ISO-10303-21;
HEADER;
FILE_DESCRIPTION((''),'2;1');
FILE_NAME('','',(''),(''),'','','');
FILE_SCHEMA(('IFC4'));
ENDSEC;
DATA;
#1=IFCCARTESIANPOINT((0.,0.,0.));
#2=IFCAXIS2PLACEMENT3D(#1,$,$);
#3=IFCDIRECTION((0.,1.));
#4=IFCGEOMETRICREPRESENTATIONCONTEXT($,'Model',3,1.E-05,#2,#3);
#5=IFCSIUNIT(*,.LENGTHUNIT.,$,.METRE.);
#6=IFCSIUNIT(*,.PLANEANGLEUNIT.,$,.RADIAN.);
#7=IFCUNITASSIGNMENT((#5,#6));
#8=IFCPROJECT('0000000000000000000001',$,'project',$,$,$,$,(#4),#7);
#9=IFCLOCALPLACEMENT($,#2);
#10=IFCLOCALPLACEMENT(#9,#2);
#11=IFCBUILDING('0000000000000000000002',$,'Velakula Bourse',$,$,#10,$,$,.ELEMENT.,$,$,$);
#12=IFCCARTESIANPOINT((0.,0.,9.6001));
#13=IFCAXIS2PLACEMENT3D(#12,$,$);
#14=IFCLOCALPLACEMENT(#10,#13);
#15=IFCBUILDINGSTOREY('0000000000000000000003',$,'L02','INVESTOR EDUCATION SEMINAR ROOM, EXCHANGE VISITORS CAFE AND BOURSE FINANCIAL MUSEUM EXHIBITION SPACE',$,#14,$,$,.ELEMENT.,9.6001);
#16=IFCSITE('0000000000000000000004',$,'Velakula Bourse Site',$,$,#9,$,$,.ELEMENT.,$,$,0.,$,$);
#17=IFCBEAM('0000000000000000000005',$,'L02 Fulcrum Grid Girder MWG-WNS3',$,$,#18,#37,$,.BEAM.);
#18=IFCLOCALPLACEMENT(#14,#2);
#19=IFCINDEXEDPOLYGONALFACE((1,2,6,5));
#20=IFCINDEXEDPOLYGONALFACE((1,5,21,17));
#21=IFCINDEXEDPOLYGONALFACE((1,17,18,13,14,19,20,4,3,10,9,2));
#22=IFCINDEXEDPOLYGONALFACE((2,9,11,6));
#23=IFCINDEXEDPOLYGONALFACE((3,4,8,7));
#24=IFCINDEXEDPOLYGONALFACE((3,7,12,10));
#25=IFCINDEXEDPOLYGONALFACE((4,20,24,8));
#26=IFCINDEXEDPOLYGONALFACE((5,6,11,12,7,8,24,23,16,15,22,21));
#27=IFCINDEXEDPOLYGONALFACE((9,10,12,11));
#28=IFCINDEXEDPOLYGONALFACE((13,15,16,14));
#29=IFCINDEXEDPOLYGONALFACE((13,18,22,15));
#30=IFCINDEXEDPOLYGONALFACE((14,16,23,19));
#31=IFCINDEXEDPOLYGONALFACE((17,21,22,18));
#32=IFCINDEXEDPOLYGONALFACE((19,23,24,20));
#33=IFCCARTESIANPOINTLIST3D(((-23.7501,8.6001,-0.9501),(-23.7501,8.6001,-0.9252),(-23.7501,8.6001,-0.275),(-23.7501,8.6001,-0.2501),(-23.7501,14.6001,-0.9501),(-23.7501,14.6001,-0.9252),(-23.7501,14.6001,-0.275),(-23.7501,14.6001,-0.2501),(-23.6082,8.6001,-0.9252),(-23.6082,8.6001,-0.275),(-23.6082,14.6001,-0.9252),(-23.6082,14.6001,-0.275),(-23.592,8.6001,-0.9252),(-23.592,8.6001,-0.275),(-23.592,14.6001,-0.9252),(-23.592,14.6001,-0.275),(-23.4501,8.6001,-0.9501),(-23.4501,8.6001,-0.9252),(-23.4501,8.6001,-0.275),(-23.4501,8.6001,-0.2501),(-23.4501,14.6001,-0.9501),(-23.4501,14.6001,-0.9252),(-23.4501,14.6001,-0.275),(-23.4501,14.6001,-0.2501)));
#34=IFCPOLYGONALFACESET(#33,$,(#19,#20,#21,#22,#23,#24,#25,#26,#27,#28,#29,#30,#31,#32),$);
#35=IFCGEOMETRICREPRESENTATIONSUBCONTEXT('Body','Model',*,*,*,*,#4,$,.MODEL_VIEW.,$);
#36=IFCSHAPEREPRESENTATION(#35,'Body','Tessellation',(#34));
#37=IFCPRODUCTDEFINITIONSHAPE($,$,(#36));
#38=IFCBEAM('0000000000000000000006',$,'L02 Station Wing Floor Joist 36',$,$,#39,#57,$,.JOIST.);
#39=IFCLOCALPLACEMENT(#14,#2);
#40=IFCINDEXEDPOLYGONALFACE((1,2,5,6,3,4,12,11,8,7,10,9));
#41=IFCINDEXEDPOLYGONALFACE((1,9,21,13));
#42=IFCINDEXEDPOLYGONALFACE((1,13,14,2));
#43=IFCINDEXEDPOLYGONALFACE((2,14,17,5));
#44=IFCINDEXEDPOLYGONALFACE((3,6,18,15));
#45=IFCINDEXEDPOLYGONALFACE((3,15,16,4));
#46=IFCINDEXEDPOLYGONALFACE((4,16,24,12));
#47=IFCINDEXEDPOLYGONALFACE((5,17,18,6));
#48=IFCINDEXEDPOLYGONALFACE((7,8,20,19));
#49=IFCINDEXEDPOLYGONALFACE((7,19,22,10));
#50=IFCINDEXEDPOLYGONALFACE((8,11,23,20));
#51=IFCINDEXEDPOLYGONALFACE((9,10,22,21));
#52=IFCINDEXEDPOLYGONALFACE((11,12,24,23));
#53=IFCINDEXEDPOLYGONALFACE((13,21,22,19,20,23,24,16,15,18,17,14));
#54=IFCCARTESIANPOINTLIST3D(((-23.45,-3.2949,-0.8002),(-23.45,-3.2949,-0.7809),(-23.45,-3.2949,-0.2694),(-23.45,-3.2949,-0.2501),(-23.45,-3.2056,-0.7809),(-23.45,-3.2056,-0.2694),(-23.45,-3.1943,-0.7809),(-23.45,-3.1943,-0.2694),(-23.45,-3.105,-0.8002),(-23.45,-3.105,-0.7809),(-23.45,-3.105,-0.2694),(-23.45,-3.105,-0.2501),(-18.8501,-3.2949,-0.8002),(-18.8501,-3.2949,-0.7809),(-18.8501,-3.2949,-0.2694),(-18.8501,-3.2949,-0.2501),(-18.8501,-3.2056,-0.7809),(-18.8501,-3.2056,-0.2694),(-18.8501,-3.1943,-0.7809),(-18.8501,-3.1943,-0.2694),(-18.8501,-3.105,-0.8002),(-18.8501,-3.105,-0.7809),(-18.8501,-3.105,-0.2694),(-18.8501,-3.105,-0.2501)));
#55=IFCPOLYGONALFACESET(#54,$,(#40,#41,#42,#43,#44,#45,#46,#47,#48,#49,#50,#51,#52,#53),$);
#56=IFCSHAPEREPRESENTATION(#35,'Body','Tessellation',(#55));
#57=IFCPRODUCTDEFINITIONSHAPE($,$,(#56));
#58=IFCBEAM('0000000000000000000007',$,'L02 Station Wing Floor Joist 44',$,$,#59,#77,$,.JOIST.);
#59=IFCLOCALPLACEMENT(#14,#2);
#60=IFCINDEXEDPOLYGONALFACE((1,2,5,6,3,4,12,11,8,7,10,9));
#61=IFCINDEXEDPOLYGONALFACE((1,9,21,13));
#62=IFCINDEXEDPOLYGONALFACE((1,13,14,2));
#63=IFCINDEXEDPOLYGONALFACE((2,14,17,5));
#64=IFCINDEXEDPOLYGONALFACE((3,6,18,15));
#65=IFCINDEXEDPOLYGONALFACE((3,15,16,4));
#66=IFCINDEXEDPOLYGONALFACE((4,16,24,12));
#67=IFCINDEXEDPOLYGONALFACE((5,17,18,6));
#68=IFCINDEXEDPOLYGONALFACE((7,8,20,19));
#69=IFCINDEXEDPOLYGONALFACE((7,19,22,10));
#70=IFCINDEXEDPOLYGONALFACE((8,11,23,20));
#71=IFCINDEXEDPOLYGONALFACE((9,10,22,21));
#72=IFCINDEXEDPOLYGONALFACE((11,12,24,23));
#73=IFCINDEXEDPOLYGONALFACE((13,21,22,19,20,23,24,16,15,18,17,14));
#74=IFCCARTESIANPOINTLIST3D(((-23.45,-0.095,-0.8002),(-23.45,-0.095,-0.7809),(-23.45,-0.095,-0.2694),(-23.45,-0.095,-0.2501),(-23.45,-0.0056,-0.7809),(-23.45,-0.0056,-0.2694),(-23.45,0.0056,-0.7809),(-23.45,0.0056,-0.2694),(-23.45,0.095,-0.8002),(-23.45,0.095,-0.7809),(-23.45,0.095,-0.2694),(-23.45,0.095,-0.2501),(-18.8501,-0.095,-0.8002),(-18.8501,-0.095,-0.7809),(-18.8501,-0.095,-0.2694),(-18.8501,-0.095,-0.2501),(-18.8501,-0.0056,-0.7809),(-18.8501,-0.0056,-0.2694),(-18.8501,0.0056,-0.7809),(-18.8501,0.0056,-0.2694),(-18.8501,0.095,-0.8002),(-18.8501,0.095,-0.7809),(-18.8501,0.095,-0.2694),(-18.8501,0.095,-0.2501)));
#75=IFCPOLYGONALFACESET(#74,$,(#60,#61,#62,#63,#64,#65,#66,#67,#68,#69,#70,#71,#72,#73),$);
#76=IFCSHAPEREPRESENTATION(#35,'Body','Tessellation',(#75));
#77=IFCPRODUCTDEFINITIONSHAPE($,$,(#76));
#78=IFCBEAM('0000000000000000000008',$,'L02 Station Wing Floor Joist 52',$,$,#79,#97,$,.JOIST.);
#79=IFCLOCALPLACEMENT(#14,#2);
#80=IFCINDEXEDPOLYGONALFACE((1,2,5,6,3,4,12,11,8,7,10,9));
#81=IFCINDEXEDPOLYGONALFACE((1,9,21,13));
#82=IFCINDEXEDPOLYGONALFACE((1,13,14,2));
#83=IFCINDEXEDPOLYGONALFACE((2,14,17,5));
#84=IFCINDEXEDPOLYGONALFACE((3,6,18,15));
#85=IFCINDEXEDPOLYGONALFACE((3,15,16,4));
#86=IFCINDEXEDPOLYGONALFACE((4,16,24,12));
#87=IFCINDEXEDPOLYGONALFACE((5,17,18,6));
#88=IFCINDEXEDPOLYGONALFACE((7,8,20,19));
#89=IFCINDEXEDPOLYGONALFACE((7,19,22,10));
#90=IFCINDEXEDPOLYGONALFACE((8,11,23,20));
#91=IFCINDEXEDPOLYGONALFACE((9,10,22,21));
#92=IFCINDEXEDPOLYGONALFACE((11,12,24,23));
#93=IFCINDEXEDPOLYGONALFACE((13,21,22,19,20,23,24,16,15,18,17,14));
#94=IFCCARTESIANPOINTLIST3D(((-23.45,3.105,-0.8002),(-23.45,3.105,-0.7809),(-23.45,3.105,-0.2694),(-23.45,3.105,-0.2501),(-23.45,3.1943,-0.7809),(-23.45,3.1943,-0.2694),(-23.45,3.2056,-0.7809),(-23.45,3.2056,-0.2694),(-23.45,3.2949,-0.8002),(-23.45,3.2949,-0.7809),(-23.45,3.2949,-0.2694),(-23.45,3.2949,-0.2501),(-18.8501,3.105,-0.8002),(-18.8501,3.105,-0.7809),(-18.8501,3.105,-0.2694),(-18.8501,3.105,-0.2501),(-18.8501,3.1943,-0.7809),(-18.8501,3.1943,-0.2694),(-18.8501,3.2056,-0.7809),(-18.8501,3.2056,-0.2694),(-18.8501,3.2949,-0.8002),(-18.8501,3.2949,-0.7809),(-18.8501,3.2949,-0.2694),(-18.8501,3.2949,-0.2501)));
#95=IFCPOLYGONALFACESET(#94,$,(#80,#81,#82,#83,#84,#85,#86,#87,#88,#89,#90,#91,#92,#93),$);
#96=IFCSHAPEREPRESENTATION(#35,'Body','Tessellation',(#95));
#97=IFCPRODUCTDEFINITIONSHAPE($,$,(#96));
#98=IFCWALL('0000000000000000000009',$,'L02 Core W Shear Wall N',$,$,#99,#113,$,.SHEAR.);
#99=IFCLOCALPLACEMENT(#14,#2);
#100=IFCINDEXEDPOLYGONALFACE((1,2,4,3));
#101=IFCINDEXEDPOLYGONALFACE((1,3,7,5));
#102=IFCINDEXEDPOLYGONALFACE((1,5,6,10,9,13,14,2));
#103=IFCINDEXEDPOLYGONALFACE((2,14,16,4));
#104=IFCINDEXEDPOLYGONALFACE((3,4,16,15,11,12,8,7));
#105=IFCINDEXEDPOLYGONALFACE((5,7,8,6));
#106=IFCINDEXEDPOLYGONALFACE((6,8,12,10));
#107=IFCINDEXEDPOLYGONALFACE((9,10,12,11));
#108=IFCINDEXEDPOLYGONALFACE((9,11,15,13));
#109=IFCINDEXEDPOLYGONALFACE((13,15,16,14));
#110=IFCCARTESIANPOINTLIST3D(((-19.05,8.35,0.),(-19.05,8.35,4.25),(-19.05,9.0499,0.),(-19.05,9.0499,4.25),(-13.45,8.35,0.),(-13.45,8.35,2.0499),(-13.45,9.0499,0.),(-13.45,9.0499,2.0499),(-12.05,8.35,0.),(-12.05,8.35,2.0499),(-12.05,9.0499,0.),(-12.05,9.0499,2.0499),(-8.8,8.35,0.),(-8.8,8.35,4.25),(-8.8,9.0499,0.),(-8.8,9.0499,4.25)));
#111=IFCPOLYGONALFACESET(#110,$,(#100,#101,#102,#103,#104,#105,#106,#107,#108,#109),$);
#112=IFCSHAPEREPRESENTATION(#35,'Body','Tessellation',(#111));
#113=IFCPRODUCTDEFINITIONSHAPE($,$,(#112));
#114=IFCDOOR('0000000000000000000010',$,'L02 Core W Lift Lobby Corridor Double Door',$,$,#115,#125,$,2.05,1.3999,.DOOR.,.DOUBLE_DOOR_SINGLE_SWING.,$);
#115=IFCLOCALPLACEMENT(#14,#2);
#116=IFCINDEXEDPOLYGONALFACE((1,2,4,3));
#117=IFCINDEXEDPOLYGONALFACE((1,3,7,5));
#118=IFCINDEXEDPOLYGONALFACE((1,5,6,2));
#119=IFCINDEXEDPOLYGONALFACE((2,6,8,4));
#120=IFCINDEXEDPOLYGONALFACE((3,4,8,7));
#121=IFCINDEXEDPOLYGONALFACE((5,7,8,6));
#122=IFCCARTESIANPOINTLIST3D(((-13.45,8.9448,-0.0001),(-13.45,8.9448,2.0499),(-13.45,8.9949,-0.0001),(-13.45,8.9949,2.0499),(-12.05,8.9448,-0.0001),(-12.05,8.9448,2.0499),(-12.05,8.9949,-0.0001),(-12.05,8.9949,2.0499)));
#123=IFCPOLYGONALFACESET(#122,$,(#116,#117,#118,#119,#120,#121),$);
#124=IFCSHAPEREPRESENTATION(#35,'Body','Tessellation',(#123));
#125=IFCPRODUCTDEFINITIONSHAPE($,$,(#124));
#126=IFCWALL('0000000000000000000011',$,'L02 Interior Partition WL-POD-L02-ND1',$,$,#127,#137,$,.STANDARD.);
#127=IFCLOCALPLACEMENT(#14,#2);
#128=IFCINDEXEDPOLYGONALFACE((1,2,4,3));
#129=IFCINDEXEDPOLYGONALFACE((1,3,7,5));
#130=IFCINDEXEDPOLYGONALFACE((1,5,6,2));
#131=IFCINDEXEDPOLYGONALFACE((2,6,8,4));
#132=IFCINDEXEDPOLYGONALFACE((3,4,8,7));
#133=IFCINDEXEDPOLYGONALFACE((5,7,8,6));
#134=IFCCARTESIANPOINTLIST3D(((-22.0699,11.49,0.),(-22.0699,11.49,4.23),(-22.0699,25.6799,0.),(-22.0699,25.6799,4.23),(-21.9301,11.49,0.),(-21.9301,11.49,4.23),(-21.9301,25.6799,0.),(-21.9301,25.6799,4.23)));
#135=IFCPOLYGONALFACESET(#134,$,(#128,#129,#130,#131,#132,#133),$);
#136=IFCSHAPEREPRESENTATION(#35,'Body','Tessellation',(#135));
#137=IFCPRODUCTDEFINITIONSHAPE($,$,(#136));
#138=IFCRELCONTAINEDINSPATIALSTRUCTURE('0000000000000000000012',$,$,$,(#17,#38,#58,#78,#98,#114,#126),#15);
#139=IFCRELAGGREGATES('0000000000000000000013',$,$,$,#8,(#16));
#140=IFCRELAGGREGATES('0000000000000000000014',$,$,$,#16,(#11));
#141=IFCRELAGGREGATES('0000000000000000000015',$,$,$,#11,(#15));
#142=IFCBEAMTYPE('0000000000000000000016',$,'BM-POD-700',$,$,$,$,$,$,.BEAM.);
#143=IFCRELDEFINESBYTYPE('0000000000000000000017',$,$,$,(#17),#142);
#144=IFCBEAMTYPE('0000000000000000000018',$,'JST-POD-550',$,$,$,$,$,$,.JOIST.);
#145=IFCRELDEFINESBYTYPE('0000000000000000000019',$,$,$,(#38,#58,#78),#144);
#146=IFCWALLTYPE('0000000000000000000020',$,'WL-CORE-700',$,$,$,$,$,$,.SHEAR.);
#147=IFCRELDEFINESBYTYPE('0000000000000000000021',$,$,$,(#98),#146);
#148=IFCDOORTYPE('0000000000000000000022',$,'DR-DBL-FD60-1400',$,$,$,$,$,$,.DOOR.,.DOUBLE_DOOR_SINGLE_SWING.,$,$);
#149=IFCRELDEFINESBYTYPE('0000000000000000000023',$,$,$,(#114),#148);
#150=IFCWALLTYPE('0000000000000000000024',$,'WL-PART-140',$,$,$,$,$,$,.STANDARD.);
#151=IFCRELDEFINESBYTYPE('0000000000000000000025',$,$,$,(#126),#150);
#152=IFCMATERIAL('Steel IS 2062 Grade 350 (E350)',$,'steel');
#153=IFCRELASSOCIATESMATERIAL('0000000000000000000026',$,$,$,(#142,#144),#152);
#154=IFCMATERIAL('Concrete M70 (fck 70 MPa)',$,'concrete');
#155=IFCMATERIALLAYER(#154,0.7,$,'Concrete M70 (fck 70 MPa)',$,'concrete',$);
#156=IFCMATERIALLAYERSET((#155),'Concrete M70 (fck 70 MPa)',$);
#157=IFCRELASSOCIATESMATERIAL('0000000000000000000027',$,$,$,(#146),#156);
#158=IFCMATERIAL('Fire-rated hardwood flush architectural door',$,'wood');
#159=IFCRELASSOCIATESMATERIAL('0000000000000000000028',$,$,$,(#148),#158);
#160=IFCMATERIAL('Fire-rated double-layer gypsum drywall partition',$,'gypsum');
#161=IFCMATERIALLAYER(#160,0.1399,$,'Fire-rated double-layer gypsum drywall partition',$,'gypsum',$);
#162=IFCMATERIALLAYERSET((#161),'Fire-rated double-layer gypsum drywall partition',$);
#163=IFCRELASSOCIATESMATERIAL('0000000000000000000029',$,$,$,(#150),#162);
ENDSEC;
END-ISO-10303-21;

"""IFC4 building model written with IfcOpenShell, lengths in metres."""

from ifc_helpers import new_model, si_unit, direction, frame, frame_2d, origin, origin_2d, place, context, subcontext, project, spatial, rectangle, i_section, extrude, material, layer, layer_set, material_profile, profile_set, type_object, element, fill, save


model = new_model("IFC4")

# Units and contexts
model_context = context("Model", 3, precision=1e-05, world=origin(), true_north=direction((0.0, 1.0)))
body_context = subcontext(model_context, "Body", "Model", "MODEL_VIEW")
ifc_project = project(units=[si_unit("LENGTHUNIT", "METRE"), si_unit("PLANEANGLEUNIT", "RADIAN")], contexts=[model_context])

# Site, building, storey
site_placement = place(None, origin())
site = spatial("IfcSite", under=ifc_project, at=site_placement, Name="Velakula Bourse Site", CompositionType="ELEMENT", RefElevation=0.0)
building_placement = place(site_placement, origin())
building = spatial("IfcBuilding", under=site, at=building_placement, Name="Velakula Bourse", CompositionType="ELEMENT")
storey_placement = place(building_placement, frame((0.0, 0.0, 9.6001)))
storey = spatial("IfcBuildingStorey", under=building, at=storey_placement, Name="L02", Description="INVESTOR EDUCATION SEMINAR ROOM, EXCHANGE VISITORS CAFE AND BOURSE FINANCIAL MUSEUM EXHIBITION SPACE", CompositionType="ELEMENT", Elevation=9.6001)

# Shared definitions
ifc_material_1 = material(Name="Concrete M70 (fck 70 MPa)", Category="concrete")

# Beams
ifc_material_2 = material(Name="Steel IS 2062 Grade 350 (E350)", Category="steel")
ifc_material_profile_1 = material_profile(ifc_material_2, i_section(OverallWidth=0.3, OverallDepth=0.7, WebThickness=0.0161, FlangeThickness=0.0249, at=origin_2d()), Name="Steel IS 2062 Grade 350 (E350)")
ifc_profile_set_1 = profile_set([ifc_material_profile_1], Name="Steel IS 2062 Grade 350 (E350)")
beam_type_1 = type_object("IfcBeamType", Name="BM-POD-700", PredefinedType="BEAM", material=ifc_profile_set_1)
beam_1_placement = place(storey_placement, frame((-23.6001, 8.6001, -0.6001), z_axis=(0.0, 1.0, 0.0), x_axis=(-1.0, 0.0, 0.0)))
element("IfcBeam", 1, at=beam_1_placement, inside=storey, type_object=beam_type_1, Name="L02 Fulcrum Grid Girder MWG-WNS3", PredefinedType="BEAM", context=body_context, shape_type="SweptSolid", body=[
    extrude(i_section(OverallWidth=0.3, OverallDepth=0.7, WebThickness=0.0161, FlangeThickness=0.0249, at=origin_2d()), origin(), (0.0, 0.0, 1.0), 6.0),
])
ifc_material_profile_2 = material_profile(ifc_material_2, i_section(OverallWidth=0.1899, OverallDepth=0.55, WebThickness=0.0112, FlangeThickness=0.0193, at=origin_2d()), Name="Steel IS 2062 Grade 350 (E350)")
ifc_profile_set_2 = profile_set([ifc_material_profile_2], Name="Steel IS 2062 Grade 350 (E350)")
beam_type_2 = type_object("IfcBeamType", Name="JST-POD-550", PredefinedType="JOIST", material=ifc_profile_set_2)
for number, where, z_axis, x_axis, name in (
    (2, (-23.45, -3.2, -0.5251), (1.0, 0.0, 0.0), (0.0, 1.0, 0.0), "L02 Station Wing Floor Joist 36"),
    (3, (-23.45, 0.0, -0.5251), (1.0, 0.0, 0.0), (0.0, 1.0, 0.0), "L02 Station Wing Floor Joist 44"),
    (4, (-23.45, 3.2, -0.5251), (1.0, 0.0, 0.0), (0.0, 1.0, 0.0), "L02 Station Wing Floor Joist 52"),
):
    element("IfcBeam", number, at=place(storey_placement, frame(where, z_axis=z_axis, x_axis=x_axis)), inside=storey, type_object=beam_type_2, Name=name, PredefinedType="JOIST", context=body_context, shape_type="SweptSolid", body=[
        extrude(i_section(OverallWidth=0.1899, OverallDepth=0.55, WebThickness=0.0112, FlangeThickness=0.0193, at=origin_2d()), origin(), (0.0, 0.0, 1.0), 4.5999),
    ])

# Wall, opening, door
ifc_layer_1 = layer(ifc_material_1, 0.7, Name="Concrete M70 (fck 70 MPa)", Category="concrete")
ifc_layer_set_1 = layer_set([ifc_layer_1], Name="Concrete M70 (fck 70 MPa)")
wall_type_1 = type_object("IfcWallType", Name="WL-CORE-700", PredefinedType="SHEAR", material=ifc_layer_set_1)
wall_1_placement = place(storey_placement, frame((-19.05, 8.7, 0.0), z_axis=(0.0, 0.0, 1.0), x_axis=(1.0, 0.0, 0.0)))
wall_1 = element("IfcWall", 5, at=wall_1_placement, inside=storey, type_object=wall_type_1, Name="L02 Core W Shear Wall N", PredefinedType="SHEAR", context=body_context, shape_type="SweptSolid", body=[
    extrude(rectangle(XDim=10.25, YDim=0.7, at=frame_2d((5.125, 0.0))), origin(), (0.0, 0.0, 1.0), 4.25),
])
opening_placement = place(wall_1_placement, frame((5.6001, 0.0, 0.0)))
opening = element("IfcOpeningElement", 6, at=opening_placement, cuts=wall_1, PredefinedType="OPENING", context=body_context, shape_type="SweptSolid", body=[
    extrude(rectangle(XDim=1.3999, YDim=2.05, at=frame_2d((0.7, 1.0249))), frame((0.0, 0.3599, 0.0), z_axis=(0.0, -1.0, 0.0), x_axis=(1.0, 0.0, 0.0)), (0.0, 0.0, 1.0), 0.72),
])
ifc_material_3 = material(Name="Fire-rated hardwood flush architectural door", Category="wood")
door_type = type_object("IfcDoorType", Name="DR-DBL-FD60-1400", OperationType="DOUBLE_DOOR_SINGLE_SWING", PredefinedType="DOOR", material=ifc_material_3)
door_placement = place(opening_placement, origin())
door = element("IfcDoor", 7, at=door_placement, inside=storey, type_object=door_type, Name="L02 Core W Lift Lobby Corridor Double Door", OperationType="DOUBLE_DOOR_SINGLE_SWING", OverallHeight=2.05, OverallWidth=1.3999, PredefinedType="DOOR", context=body_context, shape_type="SweptSolid", body=[
    extrude(rectangle(XDim=1.3999, YDim=2.05, at=frame_2d((0.7, 1.0249))), frame((0.0, 0.2949, 0.0), z_axis=(0.0, -1.0, 0.0), x_axis=(1.0, 0.0, 0.0)), (0.0, 0.0, 1.0), 0.05),
])
fill(opening, door)

# Wall
ifc_material_4 = material(Name="Fire-rated double-layer gypsum drywall partition", Category="gypsum")
ifc_layer_2 = layer(ifc_material_4, 0.1399, Name="Fire-rated double-layer gypsum drywall partition", Category="gypsum")
ifc_layer_set_2 = layer_set([ifc_layer_2], Name="Fire-rated double-layer gypsum drywall partition")
wall_type_2 = type_object("IfcWallType", Name="WL-PART-140", PredefinedType="STANDARD", material=ifc_layer_set_2)
wall_2_placement = place(storey_placement, frame((-22.0, 11.49, 0.0), z_axis=(0.0, 0.0, 1.0), x_axis=(0.0, 1.0, 0.0)))
element("IfcWall", 8, at=wall_2_placement, inside=storey, type_object=wall_type_2, Name="L02 Interior Partition WL-POD-L02-ND1", PredefinedType="STANDARD", context=body_context, shape_type="SweptSolid", body=[
    extrude(rectangle(XDim=14.1899, YDim=0.1399, at=frame_2d((7.095, 0.0))), origin(), (0.0, 0.0, 1.0), 4.23),
])

save(model, "model.ifc")
